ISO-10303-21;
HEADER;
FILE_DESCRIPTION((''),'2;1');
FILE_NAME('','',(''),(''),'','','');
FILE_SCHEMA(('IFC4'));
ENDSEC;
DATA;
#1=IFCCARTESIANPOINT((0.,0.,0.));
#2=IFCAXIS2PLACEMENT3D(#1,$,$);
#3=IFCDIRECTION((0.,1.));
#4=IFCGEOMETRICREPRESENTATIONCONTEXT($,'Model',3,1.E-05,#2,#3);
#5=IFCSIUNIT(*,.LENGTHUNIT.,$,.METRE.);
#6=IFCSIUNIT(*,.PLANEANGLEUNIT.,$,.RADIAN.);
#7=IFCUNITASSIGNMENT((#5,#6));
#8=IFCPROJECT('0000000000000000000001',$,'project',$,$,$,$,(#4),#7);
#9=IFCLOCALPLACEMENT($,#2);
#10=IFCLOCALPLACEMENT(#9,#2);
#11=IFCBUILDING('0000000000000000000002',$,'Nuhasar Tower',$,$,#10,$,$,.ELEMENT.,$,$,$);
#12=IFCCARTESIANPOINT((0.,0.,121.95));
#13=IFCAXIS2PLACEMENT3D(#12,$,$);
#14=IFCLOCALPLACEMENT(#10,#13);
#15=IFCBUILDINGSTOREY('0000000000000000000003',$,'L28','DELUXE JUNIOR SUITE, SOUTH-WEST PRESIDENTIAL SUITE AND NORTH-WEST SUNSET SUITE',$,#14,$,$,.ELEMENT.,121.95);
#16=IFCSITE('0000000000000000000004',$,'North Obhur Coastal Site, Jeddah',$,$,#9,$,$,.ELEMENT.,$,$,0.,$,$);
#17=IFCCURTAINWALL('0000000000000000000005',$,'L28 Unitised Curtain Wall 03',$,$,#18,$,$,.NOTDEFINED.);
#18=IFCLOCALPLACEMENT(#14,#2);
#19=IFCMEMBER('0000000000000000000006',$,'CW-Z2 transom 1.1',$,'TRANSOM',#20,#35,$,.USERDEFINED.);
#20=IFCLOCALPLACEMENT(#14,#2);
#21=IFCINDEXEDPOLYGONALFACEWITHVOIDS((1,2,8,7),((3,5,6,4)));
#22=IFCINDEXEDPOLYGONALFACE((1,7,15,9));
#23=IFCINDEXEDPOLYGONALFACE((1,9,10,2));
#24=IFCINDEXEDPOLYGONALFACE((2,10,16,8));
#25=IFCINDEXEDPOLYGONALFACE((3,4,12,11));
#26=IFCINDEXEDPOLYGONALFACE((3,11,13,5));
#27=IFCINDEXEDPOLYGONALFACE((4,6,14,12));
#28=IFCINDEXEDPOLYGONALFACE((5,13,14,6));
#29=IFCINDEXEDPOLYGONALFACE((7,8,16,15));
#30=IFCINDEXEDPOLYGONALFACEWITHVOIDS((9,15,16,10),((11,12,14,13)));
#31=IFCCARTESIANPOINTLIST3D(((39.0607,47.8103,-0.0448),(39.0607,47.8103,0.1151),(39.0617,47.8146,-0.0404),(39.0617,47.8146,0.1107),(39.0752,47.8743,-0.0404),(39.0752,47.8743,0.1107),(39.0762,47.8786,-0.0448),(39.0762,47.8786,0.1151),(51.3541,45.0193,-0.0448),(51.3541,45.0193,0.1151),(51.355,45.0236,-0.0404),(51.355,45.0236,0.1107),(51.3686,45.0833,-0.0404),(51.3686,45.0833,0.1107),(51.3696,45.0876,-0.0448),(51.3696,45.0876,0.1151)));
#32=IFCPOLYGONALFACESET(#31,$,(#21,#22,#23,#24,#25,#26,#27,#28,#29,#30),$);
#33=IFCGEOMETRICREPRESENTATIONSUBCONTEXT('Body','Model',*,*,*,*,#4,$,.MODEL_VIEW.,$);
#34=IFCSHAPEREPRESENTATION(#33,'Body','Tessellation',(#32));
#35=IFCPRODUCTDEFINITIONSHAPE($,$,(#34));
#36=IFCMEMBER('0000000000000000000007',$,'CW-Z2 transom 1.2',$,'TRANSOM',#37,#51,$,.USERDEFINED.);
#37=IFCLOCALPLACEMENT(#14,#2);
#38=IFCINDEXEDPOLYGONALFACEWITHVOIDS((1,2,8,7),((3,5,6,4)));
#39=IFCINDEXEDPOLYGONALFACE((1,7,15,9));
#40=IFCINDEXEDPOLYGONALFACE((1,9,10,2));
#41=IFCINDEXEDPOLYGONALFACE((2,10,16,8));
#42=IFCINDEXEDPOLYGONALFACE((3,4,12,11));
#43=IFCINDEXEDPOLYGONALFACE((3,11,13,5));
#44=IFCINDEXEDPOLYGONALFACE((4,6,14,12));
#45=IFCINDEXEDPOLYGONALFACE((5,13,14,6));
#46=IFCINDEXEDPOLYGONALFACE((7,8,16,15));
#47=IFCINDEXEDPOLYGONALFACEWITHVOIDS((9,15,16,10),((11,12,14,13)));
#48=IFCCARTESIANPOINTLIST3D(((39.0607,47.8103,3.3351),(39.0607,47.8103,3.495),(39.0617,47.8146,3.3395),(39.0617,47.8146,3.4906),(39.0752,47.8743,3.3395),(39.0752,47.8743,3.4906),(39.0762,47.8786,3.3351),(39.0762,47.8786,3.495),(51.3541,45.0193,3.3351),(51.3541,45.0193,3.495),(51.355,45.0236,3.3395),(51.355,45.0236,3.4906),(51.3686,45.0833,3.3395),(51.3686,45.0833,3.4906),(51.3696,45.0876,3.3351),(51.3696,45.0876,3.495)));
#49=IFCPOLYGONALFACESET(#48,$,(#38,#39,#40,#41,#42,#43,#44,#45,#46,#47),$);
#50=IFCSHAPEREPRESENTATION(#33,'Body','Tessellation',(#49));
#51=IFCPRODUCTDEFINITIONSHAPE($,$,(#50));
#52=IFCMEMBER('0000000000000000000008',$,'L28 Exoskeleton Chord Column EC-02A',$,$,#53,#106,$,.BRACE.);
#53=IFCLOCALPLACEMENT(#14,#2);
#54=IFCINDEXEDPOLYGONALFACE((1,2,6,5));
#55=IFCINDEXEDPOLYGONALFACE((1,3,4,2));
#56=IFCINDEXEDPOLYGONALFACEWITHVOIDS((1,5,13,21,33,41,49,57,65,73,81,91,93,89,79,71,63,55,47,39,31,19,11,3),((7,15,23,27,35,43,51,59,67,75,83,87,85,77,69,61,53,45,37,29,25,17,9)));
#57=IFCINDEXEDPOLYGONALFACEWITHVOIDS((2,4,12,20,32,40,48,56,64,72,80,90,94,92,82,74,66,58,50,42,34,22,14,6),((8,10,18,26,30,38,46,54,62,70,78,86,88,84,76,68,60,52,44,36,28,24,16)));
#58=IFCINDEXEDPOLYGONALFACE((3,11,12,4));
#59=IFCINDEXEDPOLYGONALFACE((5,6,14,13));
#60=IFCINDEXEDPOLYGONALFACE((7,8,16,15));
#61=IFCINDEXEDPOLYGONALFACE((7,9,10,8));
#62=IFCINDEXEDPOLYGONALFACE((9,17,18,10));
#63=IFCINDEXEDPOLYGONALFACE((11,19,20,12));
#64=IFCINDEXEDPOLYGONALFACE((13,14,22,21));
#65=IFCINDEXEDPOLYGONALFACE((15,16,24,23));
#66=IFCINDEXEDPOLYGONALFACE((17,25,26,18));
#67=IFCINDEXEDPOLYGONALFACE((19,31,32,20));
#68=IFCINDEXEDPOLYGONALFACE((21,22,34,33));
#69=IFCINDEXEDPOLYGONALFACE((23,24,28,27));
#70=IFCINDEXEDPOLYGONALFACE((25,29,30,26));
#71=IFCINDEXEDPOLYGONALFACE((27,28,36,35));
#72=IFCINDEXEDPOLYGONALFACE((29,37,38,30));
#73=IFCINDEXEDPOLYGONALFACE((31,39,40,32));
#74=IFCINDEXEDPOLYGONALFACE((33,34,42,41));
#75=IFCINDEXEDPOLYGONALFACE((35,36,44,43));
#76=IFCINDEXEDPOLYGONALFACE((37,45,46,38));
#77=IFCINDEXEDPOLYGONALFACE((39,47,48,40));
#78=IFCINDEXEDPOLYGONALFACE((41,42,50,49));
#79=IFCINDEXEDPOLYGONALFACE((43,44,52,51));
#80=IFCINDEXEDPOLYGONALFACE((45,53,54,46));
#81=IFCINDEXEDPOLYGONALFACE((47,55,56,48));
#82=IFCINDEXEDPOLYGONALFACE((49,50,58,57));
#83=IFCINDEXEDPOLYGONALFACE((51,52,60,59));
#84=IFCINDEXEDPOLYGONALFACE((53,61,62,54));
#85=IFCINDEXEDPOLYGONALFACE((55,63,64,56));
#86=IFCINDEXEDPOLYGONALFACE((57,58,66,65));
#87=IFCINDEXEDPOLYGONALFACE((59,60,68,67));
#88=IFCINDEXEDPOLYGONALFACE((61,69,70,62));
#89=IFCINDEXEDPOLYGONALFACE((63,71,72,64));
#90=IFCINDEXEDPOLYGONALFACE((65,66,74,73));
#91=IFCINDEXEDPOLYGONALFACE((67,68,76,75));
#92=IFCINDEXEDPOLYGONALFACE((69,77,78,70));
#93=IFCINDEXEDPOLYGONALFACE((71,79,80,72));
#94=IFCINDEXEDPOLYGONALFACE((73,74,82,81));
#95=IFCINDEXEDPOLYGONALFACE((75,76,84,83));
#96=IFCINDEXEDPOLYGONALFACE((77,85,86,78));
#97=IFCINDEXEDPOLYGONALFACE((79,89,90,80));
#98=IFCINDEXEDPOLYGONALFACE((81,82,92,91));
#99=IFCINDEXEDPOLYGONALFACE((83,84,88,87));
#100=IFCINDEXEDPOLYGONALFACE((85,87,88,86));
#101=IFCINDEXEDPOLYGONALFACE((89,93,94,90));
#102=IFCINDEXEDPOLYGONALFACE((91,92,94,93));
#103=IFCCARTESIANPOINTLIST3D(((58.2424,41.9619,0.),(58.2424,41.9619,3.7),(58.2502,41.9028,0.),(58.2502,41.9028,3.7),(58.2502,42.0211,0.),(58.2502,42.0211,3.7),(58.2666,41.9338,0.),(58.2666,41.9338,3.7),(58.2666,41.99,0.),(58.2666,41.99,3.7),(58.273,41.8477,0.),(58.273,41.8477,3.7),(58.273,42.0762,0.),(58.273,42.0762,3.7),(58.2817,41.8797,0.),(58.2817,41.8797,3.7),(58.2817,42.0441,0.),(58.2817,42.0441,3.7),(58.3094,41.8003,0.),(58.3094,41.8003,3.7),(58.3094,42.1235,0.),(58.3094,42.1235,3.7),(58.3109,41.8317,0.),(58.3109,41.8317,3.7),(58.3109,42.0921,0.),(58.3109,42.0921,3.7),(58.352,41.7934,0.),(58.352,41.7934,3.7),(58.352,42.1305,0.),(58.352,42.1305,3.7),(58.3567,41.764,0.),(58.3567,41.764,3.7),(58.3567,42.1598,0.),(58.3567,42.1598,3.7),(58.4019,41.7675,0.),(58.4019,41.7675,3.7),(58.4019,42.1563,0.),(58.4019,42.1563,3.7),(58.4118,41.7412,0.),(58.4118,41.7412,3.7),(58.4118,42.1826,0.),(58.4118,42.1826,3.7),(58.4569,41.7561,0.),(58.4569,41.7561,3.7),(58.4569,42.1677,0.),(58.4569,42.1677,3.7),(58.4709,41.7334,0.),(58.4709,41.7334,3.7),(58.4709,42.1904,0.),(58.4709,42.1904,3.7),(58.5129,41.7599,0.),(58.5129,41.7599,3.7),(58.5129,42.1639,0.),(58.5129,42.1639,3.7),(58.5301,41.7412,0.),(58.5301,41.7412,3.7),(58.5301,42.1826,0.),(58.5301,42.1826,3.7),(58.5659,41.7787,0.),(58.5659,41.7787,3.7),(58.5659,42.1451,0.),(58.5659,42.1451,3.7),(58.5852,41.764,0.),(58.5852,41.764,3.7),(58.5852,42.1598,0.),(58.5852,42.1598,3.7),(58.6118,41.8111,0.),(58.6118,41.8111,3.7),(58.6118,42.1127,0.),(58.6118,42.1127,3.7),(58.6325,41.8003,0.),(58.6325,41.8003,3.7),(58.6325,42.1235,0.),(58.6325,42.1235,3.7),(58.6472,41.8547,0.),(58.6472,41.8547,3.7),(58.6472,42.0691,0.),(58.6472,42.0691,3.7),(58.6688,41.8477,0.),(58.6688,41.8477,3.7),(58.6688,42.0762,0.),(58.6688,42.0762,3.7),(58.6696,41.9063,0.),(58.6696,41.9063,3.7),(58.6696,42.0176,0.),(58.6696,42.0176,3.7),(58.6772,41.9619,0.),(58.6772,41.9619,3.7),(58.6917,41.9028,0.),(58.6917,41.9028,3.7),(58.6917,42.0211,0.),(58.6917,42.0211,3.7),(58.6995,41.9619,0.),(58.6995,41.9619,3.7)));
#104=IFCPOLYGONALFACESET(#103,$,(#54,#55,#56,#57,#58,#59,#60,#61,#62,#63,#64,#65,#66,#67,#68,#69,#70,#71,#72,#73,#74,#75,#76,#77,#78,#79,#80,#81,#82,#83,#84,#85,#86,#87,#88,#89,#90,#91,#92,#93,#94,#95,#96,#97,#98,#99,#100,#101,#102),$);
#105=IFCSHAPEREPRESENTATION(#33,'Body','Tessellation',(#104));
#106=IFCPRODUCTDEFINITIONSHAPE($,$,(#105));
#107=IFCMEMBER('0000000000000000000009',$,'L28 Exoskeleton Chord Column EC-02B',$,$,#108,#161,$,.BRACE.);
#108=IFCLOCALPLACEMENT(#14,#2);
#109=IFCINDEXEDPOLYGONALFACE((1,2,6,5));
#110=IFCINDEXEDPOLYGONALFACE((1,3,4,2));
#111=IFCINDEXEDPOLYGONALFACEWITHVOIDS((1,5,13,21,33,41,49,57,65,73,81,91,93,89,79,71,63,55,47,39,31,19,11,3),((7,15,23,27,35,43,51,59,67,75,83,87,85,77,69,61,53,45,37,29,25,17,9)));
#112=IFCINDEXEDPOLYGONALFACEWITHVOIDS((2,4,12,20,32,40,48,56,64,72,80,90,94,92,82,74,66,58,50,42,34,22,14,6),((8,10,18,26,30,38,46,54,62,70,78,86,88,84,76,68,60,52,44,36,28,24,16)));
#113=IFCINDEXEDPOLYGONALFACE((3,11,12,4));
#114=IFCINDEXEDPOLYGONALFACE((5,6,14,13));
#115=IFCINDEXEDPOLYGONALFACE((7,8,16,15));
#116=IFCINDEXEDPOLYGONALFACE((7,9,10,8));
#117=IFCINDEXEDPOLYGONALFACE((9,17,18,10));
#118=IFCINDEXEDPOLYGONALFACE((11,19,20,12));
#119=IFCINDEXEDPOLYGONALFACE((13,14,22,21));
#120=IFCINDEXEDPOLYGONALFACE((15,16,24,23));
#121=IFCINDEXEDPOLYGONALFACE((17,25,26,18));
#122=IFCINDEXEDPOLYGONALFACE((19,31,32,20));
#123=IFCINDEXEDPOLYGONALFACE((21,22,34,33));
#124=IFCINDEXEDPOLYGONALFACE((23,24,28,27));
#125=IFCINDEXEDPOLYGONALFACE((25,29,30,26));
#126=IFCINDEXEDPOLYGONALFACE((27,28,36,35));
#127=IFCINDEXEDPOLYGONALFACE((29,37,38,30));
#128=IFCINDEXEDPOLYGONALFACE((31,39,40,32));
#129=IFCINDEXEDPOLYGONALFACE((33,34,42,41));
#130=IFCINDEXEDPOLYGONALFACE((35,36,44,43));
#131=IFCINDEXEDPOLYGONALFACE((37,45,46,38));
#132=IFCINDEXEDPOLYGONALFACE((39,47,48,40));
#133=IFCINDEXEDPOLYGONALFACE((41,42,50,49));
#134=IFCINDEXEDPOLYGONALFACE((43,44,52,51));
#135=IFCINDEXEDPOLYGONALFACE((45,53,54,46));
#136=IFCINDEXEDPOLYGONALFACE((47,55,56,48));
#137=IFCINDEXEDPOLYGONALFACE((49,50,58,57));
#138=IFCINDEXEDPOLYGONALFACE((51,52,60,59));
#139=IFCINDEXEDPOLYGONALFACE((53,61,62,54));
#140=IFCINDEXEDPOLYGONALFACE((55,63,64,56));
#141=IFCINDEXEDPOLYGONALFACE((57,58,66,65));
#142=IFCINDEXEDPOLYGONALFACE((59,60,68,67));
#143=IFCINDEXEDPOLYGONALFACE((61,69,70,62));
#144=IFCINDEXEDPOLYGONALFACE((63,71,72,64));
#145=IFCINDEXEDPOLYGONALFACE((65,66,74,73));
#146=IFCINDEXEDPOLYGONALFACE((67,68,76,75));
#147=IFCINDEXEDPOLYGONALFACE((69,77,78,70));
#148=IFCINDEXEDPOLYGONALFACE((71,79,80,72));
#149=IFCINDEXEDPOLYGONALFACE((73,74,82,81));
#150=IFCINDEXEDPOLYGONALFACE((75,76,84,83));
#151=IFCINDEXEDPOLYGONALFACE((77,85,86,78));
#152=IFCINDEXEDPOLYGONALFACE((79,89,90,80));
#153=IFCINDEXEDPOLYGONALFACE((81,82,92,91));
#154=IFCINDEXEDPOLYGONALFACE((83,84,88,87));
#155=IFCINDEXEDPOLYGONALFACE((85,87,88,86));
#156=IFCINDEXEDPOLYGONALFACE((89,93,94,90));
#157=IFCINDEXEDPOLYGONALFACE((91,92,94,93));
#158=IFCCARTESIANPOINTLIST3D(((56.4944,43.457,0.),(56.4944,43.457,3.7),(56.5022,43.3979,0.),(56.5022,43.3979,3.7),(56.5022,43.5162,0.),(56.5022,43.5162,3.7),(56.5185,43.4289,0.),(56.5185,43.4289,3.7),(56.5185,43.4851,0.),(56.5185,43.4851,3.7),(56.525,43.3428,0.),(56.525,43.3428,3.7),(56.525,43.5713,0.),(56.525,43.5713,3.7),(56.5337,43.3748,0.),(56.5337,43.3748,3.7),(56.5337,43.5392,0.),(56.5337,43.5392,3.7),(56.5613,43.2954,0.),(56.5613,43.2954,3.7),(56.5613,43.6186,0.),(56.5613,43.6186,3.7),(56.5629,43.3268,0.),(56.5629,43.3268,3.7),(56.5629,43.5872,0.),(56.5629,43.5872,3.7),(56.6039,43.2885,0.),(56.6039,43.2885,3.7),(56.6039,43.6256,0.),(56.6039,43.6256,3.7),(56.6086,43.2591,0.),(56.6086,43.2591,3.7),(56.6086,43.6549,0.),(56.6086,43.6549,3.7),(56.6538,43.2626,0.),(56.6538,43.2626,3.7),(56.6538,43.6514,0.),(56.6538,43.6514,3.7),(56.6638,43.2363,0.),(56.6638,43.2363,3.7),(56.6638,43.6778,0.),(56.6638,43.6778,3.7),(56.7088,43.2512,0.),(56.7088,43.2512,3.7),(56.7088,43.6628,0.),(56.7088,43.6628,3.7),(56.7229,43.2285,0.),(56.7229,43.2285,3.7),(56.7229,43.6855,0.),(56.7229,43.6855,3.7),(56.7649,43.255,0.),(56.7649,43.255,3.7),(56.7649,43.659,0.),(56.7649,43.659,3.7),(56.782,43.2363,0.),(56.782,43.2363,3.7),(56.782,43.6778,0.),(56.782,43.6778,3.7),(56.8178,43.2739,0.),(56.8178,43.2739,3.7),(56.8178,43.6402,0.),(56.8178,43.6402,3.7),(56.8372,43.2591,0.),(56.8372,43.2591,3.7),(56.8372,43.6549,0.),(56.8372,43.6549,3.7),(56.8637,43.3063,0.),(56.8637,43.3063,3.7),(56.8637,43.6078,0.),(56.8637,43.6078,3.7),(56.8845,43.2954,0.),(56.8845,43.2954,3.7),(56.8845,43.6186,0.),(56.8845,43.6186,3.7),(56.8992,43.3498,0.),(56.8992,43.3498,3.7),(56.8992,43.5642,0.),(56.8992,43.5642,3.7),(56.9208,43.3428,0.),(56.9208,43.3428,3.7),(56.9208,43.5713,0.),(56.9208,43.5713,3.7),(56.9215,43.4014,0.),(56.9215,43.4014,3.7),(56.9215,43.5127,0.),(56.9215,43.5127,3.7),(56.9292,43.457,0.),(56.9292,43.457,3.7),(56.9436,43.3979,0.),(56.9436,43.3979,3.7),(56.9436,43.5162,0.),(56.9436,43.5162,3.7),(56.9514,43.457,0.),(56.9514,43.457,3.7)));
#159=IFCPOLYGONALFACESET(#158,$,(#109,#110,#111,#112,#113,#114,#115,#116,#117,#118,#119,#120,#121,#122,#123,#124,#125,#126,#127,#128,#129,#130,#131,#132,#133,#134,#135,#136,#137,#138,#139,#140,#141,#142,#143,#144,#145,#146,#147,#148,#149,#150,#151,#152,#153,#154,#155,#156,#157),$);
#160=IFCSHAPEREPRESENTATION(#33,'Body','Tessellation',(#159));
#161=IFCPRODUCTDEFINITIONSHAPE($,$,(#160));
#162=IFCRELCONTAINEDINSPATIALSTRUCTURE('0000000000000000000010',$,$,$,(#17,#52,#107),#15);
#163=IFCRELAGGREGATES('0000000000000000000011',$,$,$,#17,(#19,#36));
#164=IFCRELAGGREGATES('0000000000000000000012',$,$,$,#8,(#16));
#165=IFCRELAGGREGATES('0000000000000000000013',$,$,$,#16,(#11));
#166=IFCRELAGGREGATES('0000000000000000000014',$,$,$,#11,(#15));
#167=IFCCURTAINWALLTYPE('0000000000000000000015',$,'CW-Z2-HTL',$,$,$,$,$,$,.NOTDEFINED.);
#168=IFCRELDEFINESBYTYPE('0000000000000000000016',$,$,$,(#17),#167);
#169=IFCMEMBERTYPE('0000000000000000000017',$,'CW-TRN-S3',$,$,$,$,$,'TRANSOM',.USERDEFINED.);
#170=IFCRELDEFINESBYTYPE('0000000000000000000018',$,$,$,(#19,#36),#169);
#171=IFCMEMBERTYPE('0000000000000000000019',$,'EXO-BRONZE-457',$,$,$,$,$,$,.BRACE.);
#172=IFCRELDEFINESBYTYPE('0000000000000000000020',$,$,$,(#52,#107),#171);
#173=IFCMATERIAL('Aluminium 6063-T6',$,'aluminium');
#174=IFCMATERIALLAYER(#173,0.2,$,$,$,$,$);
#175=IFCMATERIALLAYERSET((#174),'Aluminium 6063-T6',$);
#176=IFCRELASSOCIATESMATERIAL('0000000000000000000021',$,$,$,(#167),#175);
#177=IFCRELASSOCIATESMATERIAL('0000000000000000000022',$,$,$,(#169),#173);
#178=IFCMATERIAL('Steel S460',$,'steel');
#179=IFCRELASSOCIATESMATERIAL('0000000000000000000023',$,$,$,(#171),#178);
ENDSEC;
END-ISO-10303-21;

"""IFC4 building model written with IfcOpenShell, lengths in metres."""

from ifc_helpers import new_model, si_unit, direction, frame, origin, origin_2d, place, context, subcontext, project, spatial, hollow_rectangle, hollow_circle, extrude, material, layer, layer_set, material_profile, profile_set, type_object, element, aggregate, save


model = new_model("IFC4")

# Units and contexts
model_context = context("Model", 3, precision=1e-05, world=origin(), true_north=direction((0.0, 1.0)))
body_context = subcontext(model_context, "Body", "Model", "MODEL_VIEW")
ifc_project = project(units=[si_unit("LENGTHUNIT", "METRE"), si_unit("PLANEANGLEUNIT", "RADIAN")], contexts=[model_context])

# Site, building, storey
site_placement = place(None, origin())
site = spatial("IfcSite", under=ifc_project, at=site_placement, Name="North Obhur Coastal Site, Jeddah", CompositionType="ELEMENT", RefElevation=0.0)
building_placement = place(site_placement, origin())
building = spatial("IfcBuilding", under=site, at=building_placement, Name="Nuhasar Tower", CompositionType="ELEMENT")
storey_placement = place(building_placement, frame((0.0, 0.0, 121.95)))
storey = spatial("IfcBuildingStorey", under=building, at=storey_placement, Name="L28", Description="DELUXE JUNIOR SUITE, SOUTH-WEST PRESIDENTIAL SUITE AND NORTH-WEST SUNSET SUITE", CompositionType="ELEMENT", Elevation=121.95)

# Shared definitions
ifc_material_1 = material(Name="Aluminium 6063-T6", Category="aluminium")
ifc_layer_1 = layer(ifc_material_1, 0.2)
ifc_layer_set_1 = layer_set([ifc_layer_1], Name="Aluminium 6063-T6")
curtain_wall_type = type_object("IfcCurtainWallType", Name="CW-Z2-HTL", PredefinedType="NOTDEFINED", material=ifc_layer_set_1)

# Curtain wall
curtain_wall_1_placement = place(storey_placement, origin())
curtain_wall_1 = element("IfcCurtainWall", 1, at=curtain_wall_1_placement, inside=storey, type_object=curtain_wall_type, Name="L28 Unitised Curtain Wall 03", PredefinedType="NOTDEFINED")

# Members
ifc_material_profile_1 = material_profile(ifc_material_1, hollow_rectangle(XDim=0.0701, YDim=0.1599, WallThickness=0.0044, at=origin_2d()), Name="CWT-3")
ifc_profile_set_1 = profile_set([ifc_material_profile_1], Name="Aluminium 6063-T6")
member_type_1 = type_object("IfcMemberType", Name="CW-TRN-S3", ElementType="TRANSOM", PredefinedType="USERDEFINED", material=ifc_profile_set_1)
member_1_placement = place(storey_placement, frame((51.3618, 45.0535, 0.0352), z_axis=(-0.975183, 0.221398, 0.0), x_axis=(-0.221398, -0.975183, 0.0)))
member_1 = element("IfcMember", 2, at=member_1_placement, type_object=member_type_1, Name="CW-Z2 transom 1.1", ObjectType="TRANSOM", PredefinedType="USERDEFINED", context=body_context, shape_type="SweptSolid", body=[
    extrude(hollow_rectangle(XDim=0.0701, YDim=0.1599, WallThickness=0.0044, at=origin_2d()), origin(), (0.0, 0.0, 1.0), 12.6062),
])
member_2_placement = place(storey_placement, frame((51.3618, 45.0535, 3.415), z_axis=(-0.975183, 0.221398, 0.0), x_axis=(-0.221398, -0.975183, 0.0)))
member_2 = element("IfcMember", 3, at=member_2_placement, type_object=member_type_1, Name="CW-Z2 transom 1.2", ObjectType="TRANSOM", PredefinedType="USERDEFINED", context=body_context, shape_type="SweptSolid", body=[
    extrude(hollow_rectangle(XDim=0.0701, YDim=0.1599, WallThickness=0.0044, at=origin_2d()), origin(), (0.0, 0.0, 1.0), 12.6062),
])
aggregate(curtain_wall_1, [member_1, member_2])

# Members
ifc_material_2 = material(Name="Steel S460", Category="steel")
ifc_material_profile_2 = material_profile(ifc_material_2, hollow_circle(Radius=0.2285, WallThickness=0.0222, at=origin_2d()), Name="HSS457X22.2")
ifc_profile_set_2 = profile_set([ifc_material_profile_2], Name="Steel S460")
member_type_2 = type_object("IfcMemberType", Name="EXO-BRONZE-457", PredefinedType="BRACE", material=ifc_profile_set_2)
for number, where, z_axis, x_axis, name in (
    (4, (58.4709, 41.9619, 0.0), (0.0, 0.0, 1.0), (1.0, 0.0, 0.0), "L28 Exoskeleton Chord Column EC-02A"),
    (5, (56.7229, 43.457, 0.0), (0.0, 0.0, 1.0), (1.0, 0.0, 0.0), "L28 Exoskeleton Chord Column EC-02B"),
):
    element("IfcMember", number, at=place(storey_placement, frame(where, z_axis=z_axis, x_axis=x_axis)), inside=storey, type_object=member_type_2, Name=name, PredefinedType="BRACE", context=body_context, shape_type="SweptSolid", body=[
        extrude(hollow_circle(Radius=0.2285, WallThickness=0.0222, at=origin_2d()), origin(), (0.0, 0.0, 1.0), 3.7),
    ])

save(model, "model.ifc")
